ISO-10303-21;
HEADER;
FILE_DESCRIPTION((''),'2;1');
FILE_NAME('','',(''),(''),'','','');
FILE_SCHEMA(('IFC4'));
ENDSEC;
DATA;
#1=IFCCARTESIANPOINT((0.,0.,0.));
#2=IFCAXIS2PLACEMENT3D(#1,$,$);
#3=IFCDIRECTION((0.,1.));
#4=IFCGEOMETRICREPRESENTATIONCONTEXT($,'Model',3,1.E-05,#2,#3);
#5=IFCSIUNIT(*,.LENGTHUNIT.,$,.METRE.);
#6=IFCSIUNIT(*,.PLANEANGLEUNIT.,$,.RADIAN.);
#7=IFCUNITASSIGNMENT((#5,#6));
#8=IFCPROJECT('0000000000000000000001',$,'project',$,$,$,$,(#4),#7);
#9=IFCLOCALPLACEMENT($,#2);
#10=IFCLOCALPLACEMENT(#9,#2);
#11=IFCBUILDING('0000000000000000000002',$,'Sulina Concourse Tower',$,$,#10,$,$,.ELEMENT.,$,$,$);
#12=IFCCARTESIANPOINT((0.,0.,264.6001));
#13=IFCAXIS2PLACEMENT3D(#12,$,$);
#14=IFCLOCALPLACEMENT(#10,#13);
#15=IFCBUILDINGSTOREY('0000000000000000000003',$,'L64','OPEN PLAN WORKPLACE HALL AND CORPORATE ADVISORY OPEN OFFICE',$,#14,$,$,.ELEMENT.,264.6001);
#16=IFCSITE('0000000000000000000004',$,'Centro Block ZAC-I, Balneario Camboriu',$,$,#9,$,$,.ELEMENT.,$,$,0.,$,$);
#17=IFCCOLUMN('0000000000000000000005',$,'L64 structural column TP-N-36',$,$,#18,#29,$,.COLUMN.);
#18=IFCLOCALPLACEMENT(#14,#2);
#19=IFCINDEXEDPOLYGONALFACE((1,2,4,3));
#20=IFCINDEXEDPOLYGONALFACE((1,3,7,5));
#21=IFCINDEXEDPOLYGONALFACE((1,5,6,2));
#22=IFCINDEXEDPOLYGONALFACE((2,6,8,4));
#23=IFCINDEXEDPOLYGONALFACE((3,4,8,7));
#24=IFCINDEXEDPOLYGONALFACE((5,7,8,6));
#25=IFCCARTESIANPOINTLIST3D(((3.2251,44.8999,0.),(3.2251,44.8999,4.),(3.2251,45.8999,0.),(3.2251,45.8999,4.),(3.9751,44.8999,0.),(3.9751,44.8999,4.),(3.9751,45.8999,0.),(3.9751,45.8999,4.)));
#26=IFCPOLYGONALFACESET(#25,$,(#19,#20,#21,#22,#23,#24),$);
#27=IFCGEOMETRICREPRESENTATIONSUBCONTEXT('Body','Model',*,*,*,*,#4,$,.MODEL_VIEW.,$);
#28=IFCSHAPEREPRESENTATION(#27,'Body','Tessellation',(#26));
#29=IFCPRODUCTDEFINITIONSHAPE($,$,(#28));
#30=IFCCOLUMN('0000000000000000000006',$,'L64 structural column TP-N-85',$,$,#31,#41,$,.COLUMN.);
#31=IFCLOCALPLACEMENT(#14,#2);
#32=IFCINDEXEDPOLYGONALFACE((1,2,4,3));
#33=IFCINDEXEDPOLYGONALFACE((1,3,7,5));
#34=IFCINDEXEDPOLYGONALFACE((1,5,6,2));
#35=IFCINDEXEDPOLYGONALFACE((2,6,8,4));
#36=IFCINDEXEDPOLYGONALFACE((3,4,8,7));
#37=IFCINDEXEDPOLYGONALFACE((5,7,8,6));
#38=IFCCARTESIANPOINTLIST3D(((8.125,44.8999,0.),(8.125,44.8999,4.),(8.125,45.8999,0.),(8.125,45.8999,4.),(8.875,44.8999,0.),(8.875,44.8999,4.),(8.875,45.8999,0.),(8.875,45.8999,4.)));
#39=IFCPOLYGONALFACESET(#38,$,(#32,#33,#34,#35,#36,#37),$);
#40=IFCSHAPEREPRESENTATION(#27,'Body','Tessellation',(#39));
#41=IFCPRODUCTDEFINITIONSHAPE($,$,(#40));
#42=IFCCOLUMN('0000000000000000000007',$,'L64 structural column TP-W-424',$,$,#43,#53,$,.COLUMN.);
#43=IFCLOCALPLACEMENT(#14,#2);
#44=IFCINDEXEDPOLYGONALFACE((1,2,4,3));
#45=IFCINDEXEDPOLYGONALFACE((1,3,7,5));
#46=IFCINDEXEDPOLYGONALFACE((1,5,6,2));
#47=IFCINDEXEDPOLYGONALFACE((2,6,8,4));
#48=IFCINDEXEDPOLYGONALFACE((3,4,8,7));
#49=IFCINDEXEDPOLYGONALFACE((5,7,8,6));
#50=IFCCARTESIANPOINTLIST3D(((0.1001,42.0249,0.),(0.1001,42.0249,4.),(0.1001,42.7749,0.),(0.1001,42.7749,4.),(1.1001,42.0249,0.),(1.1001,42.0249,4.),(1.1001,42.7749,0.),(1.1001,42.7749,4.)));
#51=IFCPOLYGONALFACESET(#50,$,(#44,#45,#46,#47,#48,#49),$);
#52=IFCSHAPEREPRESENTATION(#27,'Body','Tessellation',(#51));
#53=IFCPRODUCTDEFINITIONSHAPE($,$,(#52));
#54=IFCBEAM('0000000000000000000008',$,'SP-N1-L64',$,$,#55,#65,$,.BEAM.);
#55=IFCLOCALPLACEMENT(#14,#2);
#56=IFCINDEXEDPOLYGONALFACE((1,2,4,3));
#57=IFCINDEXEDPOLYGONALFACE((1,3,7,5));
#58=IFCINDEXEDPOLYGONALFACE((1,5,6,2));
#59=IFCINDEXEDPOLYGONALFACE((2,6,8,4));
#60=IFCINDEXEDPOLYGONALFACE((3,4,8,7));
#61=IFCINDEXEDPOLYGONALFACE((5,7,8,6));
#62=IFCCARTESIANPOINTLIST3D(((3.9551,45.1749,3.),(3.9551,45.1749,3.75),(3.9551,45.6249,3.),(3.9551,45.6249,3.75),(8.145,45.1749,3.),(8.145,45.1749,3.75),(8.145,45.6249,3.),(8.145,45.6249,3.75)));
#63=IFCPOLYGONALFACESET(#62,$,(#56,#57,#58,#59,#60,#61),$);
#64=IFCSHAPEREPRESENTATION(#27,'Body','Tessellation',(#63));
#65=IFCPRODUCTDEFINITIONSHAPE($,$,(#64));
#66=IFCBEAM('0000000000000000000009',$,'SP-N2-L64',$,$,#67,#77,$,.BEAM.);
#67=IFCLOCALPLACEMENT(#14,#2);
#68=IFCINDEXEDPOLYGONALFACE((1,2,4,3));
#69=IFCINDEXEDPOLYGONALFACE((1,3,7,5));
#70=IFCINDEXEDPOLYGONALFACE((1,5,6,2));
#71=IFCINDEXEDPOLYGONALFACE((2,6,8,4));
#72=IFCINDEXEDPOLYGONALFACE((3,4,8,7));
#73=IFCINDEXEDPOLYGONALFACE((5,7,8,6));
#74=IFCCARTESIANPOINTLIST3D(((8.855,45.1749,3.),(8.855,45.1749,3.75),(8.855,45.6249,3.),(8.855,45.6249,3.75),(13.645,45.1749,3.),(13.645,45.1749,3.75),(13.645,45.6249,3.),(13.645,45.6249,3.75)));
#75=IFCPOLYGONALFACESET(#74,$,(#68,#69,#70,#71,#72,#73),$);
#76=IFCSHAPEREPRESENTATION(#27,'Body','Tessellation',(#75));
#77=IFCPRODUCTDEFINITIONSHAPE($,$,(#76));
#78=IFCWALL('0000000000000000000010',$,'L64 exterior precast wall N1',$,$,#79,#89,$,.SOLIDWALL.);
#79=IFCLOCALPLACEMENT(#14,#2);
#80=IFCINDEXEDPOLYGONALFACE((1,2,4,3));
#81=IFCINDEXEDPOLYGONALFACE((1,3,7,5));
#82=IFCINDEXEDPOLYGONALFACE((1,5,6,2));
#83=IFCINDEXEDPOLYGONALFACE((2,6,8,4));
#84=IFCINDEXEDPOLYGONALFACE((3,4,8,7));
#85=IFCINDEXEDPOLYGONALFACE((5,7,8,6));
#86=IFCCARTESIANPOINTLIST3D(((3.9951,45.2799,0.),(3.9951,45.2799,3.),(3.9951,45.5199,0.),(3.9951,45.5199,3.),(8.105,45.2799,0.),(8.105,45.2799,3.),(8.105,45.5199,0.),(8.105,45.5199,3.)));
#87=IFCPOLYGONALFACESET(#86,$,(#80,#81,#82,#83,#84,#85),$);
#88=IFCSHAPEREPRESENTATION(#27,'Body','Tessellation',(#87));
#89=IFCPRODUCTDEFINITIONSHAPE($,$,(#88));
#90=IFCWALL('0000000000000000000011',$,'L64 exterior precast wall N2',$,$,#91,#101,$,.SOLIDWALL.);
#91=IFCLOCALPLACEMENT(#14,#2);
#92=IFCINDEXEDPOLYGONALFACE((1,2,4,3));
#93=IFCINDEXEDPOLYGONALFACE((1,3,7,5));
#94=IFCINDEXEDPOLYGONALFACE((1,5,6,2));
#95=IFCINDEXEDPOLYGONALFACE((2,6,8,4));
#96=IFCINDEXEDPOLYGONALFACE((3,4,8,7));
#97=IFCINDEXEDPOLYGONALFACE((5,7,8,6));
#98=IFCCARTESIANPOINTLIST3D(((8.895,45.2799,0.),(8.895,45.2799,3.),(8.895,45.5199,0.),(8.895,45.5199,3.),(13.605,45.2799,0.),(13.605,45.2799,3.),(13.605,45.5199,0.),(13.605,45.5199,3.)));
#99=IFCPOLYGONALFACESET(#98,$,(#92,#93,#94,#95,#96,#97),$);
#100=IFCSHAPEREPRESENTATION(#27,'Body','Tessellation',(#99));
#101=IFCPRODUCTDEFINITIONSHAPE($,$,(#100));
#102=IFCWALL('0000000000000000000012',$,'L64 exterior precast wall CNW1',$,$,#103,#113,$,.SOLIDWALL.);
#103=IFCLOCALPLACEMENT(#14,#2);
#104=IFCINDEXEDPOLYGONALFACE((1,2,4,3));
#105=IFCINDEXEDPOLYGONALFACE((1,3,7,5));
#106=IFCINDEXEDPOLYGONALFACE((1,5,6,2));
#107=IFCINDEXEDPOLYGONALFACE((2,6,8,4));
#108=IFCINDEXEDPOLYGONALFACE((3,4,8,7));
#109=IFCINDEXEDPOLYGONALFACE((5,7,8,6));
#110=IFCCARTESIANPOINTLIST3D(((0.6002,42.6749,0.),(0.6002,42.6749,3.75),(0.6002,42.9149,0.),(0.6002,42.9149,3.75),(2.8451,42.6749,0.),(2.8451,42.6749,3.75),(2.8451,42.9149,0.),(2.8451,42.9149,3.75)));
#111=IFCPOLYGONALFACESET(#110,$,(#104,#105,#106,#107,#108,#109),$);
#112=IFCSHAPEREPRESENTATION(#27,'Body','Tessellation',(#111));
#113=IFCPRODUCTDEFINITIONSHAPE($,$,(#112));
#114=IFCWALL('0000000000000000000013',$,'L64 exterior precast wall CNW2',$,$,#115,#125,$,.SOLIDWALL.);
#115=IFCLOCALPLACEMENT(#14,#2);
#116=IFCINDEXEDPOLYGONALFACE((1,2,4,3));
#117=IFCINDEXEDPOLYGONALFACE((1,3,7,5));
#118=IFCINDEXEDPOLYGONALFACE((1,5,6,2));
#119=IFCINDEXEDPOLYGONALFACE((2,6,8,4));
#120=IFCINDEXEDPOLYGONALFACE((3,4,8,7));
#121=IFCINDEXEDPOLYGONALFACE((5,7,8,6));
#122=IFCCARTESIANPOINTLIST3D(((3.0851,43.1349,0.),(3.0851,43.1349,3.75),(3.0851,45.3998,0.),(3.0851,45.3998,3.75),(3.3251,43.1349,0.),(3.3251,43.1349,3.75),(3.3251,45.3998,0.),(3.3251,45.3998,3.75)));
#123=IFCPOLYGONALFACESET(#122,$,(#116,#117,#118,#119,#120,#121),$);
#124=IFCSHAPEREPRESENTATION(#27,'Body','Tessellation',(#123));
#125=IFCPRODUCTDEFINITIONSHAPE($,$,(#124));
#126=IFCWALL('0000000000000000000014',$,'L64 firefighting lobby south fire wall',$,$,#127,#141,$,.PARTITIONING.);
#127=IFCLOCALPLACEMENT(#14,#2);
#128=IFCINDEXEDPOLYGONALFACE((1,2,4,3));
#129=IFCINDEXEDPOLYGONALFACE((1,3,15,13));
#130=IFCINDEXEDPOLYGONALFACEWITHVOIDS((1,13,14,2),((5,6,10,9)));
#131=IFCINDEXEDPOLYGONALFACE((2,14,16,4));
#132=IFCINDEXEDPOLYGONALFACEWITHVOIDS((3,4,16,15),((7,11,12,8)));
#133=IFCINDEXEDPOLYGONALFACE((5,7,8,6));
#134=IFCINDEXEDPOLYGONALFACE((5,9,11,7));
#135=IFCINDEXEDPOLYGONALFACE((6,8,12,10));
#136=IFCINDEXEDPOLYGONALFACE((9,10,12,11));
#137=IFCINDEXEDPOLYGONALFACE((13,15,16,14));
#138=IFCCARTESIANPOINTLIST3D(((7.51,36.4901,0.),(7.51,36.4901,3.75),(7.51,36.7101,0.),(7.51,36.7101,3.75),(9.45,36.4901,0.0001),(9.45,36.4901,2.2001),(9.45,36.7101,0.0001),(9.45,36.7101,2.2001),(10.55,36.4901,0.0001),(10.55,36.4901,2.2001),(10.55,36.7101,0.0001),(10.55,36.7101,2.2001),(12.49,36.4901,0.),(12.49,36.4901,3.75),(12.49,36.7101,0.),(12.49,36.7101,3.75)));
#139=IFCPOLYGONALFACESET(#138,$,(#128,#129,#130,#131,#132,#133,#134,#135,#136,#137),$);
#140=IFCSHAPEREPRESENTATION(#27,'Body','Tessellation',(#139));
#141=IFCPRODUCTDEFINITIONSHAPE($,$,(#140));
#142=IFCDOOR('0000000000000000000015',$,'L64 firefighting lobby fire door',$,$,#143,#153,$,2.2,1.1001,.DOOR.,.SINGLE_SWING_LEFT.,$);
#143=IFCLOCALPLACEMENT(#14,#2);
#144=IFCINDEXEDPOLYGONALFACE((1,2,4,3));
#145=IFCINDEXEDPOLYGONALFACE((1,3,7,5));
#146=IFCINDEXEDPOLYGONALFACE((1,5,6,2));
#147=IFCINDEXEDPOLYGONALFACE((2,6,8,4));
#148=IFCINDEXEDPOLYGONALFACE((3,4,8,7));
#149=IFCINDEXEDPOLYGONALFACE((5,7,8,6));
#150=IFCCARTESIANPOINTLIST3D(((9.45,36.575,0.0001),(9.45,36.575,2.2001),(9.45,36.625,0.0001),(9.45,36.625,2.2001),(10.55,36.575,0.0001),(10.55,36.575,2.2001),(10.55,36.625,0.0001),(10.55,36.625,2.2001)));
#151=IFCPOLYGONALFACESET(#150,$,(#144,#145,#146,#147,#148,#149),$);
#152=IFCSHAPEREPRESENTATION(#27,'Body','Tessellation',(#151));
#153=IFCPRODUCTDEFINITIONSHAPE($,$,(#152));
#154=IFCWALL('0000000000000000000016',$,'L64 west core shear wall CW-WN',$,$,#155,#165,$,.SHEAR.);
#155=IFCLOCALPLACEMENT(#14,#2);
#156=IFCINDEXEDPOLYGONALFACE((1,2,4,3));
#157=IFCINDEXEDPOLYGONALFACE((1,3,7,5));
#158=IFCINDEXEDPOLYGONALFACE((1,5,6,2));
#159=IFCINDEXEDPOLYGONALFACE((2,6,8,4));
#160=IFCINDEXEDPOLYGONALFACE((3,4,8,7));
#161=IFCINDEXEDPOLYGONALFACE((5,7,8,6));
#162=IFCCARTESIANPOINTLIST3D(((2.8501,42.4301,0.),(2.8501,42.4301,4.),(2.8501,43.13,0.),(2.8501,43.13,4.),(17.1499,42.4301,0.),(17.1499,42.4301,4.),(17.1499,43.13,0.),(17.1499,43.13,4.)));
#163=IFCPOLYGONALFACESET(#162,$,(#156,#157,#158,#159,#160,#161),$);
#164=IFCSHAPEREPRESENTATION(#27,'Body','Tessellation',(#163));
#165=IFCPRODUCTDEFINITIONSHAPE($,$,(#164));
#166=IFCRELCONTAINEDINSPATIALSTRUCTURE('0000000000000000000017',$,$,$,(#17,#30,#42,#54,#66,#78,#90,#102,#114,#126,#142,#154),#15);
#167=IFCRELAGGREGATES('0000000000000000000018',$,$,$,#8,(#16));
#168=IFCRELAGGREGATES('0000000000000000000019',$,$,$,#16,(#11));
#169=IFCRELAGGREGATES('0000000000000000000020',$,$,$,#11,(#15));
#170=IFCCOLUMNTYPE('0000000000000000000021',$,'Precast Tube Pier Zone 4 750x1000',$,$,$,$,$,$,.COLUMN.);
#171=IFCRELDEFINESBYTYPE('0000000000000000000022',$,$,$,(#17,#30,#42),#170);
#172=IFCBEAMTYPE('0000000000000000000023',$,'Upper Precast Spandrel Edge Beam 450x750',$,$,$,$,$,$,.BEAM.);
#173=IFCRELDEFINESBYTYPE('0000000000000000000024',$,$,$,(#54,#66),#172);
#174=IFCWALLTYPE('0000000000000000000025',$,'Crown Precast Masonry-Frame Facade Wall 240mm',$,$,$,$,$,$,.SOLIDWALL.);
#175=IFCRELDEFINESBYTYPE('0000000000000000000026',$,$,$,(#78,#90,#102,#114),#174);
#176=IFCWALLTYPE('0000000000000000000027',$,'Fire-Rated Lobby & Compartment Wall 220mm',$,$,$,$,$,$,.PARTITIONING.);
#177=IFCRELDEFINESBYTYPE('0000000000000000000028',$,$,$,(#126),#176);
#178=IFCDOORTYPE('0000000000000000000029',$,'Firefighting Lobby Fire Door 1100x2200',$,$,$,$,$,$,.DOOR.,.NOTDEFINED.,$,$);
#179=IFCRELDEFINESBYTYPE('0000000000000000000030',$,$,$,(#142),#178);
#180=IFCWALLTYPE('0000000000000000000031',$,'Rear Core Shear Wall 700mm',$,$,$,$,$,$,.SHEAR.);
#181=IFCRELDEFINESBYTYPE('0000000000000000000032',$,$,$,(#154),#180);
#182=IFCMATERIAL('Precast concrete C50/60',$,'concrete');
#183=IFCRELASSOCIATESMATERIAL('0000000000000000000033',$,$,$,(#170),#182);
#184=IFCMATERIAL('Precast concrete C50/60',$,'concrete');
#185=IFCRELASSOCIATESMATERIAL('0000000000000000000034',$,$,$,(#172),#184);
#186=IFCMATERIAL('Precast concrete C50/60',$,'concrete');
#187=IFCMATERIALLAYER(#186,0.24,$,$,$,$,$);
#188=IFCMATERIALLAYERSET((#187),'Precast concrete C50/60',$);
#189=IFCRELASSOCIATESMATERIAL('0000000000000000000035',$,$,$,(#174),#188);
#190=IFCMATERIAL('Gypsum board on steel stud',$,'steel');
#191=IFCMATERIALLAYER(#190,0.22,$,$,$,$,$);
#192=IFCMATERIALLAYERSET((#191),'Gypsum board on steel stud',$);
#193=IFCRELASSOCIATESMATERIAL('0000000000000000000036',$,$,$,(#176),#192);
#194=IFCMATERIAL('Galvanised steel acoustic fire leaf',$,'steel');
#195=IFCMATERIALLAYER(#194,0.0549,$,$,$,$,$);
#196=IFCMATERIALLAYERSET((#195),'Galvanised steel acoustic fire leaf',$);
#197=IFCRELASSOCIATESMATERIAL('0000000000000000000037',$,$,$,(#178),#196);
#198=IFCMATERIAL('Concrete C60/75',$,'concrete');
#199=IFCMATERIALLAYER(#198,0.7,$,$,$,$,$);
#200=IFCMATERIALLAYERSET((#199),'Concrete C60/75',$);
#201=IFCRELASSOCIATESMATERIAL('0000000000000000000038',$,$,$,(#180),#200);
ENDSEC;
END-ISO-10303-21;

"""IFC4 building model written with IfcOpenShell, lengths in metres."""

from ifc_helpers import new_model, si_unit, direction, frame, frame_2d, origin, origin_2d, place, context, subcontext, project, spatial, rectangle, extrude, material, layer, layer_set, material_profile, profile_set, type_object, element, fill, save


model = new_model("IFC4")

# Units and contexts
model_context = context("Model", 3, precision=1e-05, world=origin(), true_north=direction((0.0, 1.0)))
body_context = subcontext(model_context, "Body", "Model", "MODEL_VIEW")
ifc_project = project(units=[si_unit("LENGTHUNIT", "METRE"), si_unit("PLANEANGLEUNIT", "RADIAN")], contexts=[model_context])

# Site, building, storey
site_placement = place(None, origin())
site = spatial("IfcSite", under=ifc_project, at=site_placement, Name="Centro Block ZAC-I, Balneario Camboriu", CompositionType="ELEMENT", RefElevation=0.0)
building_placement = place(site_placement, origin())
building = spatial("IfcBuilding", under=site, at=building_placement, Name="Sulina Concourse Tower", CompositionType="ELEMENT")
storey_placement = place(building_placement, frame((0.0, 0.0, 264.6001)))
storey = spatial("IfcBuildingStorey", under=building, at=storey_placement, Name="L64", Description="OPEN PLAN WORKPLACE HALL AND CORPORATE ADVISORY OPEN OFFICE", CompositionType="ELEMENT", Elevation=264.6001)

# Columns
ifc_material_1 = material(Name="Precast concrete C50/60", Category="concrete")
ifc_material_profile_1 = material_profile(ifc_material_1, rectangle(XDim=0.75, YDim=1.0, at=origin_2d()), Name="PC 750x1000")
ifc_profile_set_1 = profile_set([ifc_material_profile_1], Name="Precast concrete C50/60")
column_type = type_object("IfcColumnType", Name="Precast Tube Pier Zone 4 750x1000", PredefinedType="COLUMN", material=ifc_profile_set_1)
for number, where, z_axis, x_axis, name in (
    (1, (3.6001, 45.3999, 0.0), (0.0, 0.0, 1.0), (1.0, 0.0, 0.0), "L64 structural column TP-N-36"),
    (2, (8.5, 45.3999, 0.0), (0.0, 0.0, 1.0), (1.0, 0.0, 0.0), "L64 structural column TP-N-85"),
    (3, (0.6001, 42.3999, 0.0), (0.0, 0.0, 1.0), (0.0, 1.0, 0.0), "L64 structural column TP-W-424"),
):
    element("IfcColumn", number, at=place(storey_placement, frame(where, z_axis=z_axis, x_axis=x_axis)), inside=storey, type_object=column_type, Name=name, PredefinedType="COLUMN", context=body_context, shape_type="SweptSolid", body=[
        extrude(rectangle(XDim=0.75, YDim=1.0, at=origin_2d()), origin(), (0.0, 0.0, 1.0), 4.0),
    ])

# Beams
ifc_material_2 = material(Name="Precast concrete C50/60", Category="concrete")
ifc_material_profile_2 = material_profile(ifc_material_2, rectangle(XDim=0.45, YDim=0.75, at=origin_2d()), Name="RC 450x750")
ifc_profile_set_2 = profile_set([ifc_material_profile_2], Name="Precast concrete C50/60")
beam_type = type_object("IfcBeamType", Name="Upper Precast Spandrel Edge Beam 450x750", PredefinedType="BEAM", material=ifc_profile_set_2)
beam_1_placement = place(storey_placement, frame((3.9551, 45.3999, 3.375), z_axis=(1.0, 0.0, 0.0), x_axis=(0.0, 1.0, 0.0)))
element("IfcBeam", 4, at=beam_1_placement, inside=storey, type_object=beam_type, Name="SP-N1-L64", PredefinedType="BEAM", context=body_context, shape_type="SweptSolid", body=[
    extrude(rectangle(XDim=0.45, YDim=0.75, at=origin_2d()), origin(), (0.0, 0.0, 1.0), 4.1899),
])
beam_2_placement = place(storey_placement, frame((8.855, 45.3999, 3.375), z_axis=(1.0, 0.0, 0.0), x_axis=(0.0, 1.0, 0.0)))
element("IfcBeam", 5, at=beam_2_placement, inside=storey, type_object=beam_type, Name="SP-N2-L64", PredefinedType="BEAM", context=body_context, shape_type="SweptSolid", body=[
    extrude(rectangle(XDim=0.45, YDim=0.75, at=origin_2d()), origin(), (0.0, 0.0, 1.0), 4.79),
])

# Walls
ifc_material_3 = material(Name="Precast concrete C50/60", Category="concrete")
ifc_layer_1 = layer(ifc_material_3, 0.24)
ifc_layer_set_1 = layer_set([ifc_layer_1], Name="Precast concrete C50/60")
wall_type_1 = type_object("IfcWallType", Name="Crown Precast Masonry-Frame Facade Wall 240mm", PredefinedType="SOLIDWALL", material=ifc_layer_set_1)
wall_1_placement = place(storey_placement, frame((3.9951, 45.3999, 0.0), z_axis=(0.0, 0.0, 1.0), x_axis=(1.0, 0.0, 0.0)))
element("IfcWall", 6, at=wall_1_placement, inside=storey, type_object=wall_type_1, Name="L64 exterior precast wall N1", PredefinedType="SOLIDWALL", context=body_context, shape_type="SweptSolid", body=[
    extrude(rectangle(XDim=4.1099, YDim=0.24, at=frame_2d((2.0549, 0.0))), origin(), (0.0, 0.0, 1.0), 3.0),
])
wall_2_placement = place(storey_placement, frame((8.895, 45.3999, 0.0), z_axis=(0.0, 0.0, 1.0), x_axis=(1.0, 0.0, 0.0)))
element("IfcWall", 7, at=wall_2_placement, inside=storey, type_object=wall_type_1, Name="L64 exterior precast wall N2", PredefinedType="SOLIDWALL", context=body_context, shape_type="SweptSolid", body=[
    extrude(rectangle(XDim=4.71, YDim=0.24, at=frame_2d((2.355, 0.0))), origin(), (0.0, 0.0, 1.0), 3.0),
])
wall_3_placement = place(storey_placement, frame((0.6001, 42.7949, 0.0), z_axis=(0.0, 0.0, 1.0), x_axis=(1.0, 0.0, 0.0)))
element("IfcWall", 8, at=wall_3_placement, inside=storey, type_object=wall_type_1, Name="L64 exterior precast wall CNW1", PredefinedType="SOLIDWALL", context=body_context, shape_type="SweptSolid", body=[
    extrude(rectangle(XDim=2.2449, YDim=0.24, at=frame_2d((1.1226, 0.0))), origin(), (0.0, 0.0, 1.0), 3.75),
])
wall_4_placement = place(storey_placement, frame((3.2051, 43.135, 0.0), z_axis=(0.0, 0.0, 1.0), x_axis=(0.0, 1.0, 0.0)))
element("IfcWall", 9, at=wall_4_placement, inside=storey, type_object=wall_type_1, Name="L64 exterior precast wall CNW2", PredefinedType="SOLIDWALL", context=body_context, shape_type="SweptSolid", body=[
    extrude(rectangle(XDim=2.2649, YDim=0.24, at=frame_2d((1.1323, 0.0))), origin(), (0.0, 0.0, 1.0), 3.75),
])

# Wall, opening, door
ifc_material_4 = material(Name="Gypsum board on steel stud", Category="steel")
ifc_layer_2 = layer(ifc_material_4, 0.22)
ifc_layer_set_2 = layer_set([ifc_layer_2], Name="Gypsum board on steel stud")
wall_type_2 = type_object("IfcWallType", Name="Fire-Rated Lobby & Compartment Wall 220mm", PredefinedType="PARTITIONING", material=ifc_layer_set_2)
wall_5_placement = place(storey_placement, frame((7.51, 36.6001, 0.0), z_axis=(0.0, 0.0, 1.0), x_axis=(1.0, 0.0, 0.0)))
wall_5 = element("IfcWall", 10, at=wall_5_placement, inside=storey, type_object=wall_type_2, Name="L64 firefighting lobby south fire wall", PredefinedType="PARTITIONING", context=body_context, shape_type="SweptSolid", body=[
    extrude(rectangle(XDim=4.98, YDim=0.22, at=frame_2d((2.49, 0.0))), origin(), (0.0, 0.0, 1.0), 3.75),
])
opening_placement = place(wall_5_placement, frame((1.9399, 0.0, 0.0)))
opening = element("IfcOpeningElement", 11, at=opening_placement, cuts=wall_5, PredefinedType="OPENING", context=body_context, shape_type="SweptSolid", body=[
    extrude(rectangle(XDim=1.1001, YDim=2.2, at=frame_2d((0.55, 1.1001))), frame((0.0, 0.1199, 0.0), z_axis=(0.0, -1.0, 0.0), x_axis=(1.0, 0.0, 0.0)), (0.0, 0.0, 1.0), 0.24),
])
ifc_material_5 = material(Name="Galvanised steel acoustic fire leaf", Category="steel")
ifc_layer_3 = layer(ifc_material_5, 0.0549)
ifc_layer_set_3 = layer_set([ifc_layer_3], Name="Galvanised steel acoustic fire leaf")
door_type = type_object("IfcDoorType", Name="Firefighting Lobby Fire Door 1100x2200", OperationType="NOTDEFINED", PredefinedType="DOOR", material=ifc_layer_set_3)
door_placement = place(opening_placement, origin())
door = element("IfcDoor", 12, at=door_placement, inside=storey, type_object=door_type, Name="L64 firefighting lobby fire door", OperationType="SINGLE_SWING_LEFT", OverallHeight=2.2, OverallWidth=1.1001, PredefinedType="DOOR", context=body_context, shape_type="SweptSolid", body=[
    extrude(rectangle(XDim=1.1001, YDim=2.2, at=frame_2d((0.55, 1.1001))), frame((0.0, 0.0249, 0.0), z_axis=(0.0, -1.0, 0.0), x_axis=(1.0, 0.0, 0.0)), (0.0, 0.0, 1.0), 0.05),
])
fill(opening, door)

# Wall
ifc_material_6 = material(Name="Concrete C60/75", Category="concrete")
ifc_layer_4 = layer(ifc_material_6, 0.7)
ifc_layer_set_4 = layer_set([ifc_layer_4], Name="Concrete C60/75")
wall_type_3 = type_object("IfcWallType", Name="Rear Core Shear Wall 700mm", PredefinedType="SHEAR", material=ifc_layer_set_4)
wall_6_placement = place(storey_placement, frame((2.8501, 42.78, 0.0), z_axis=(0.0, 0.0, 1.0), x_axis=(1.0, 0.0, 0.0)))
element("IfcWall", 13, at=wall_6_placement, inside=storey, type_object=wall_type_3, Name="L64 west core shear wall CW-WN", PredefinedType="SHEAR", context=body_context, shape_type="SweptSolid", body=[
    extrude(rectangle(XDim=14.2998, YDim=0.7, at=frame_2d((7.1499, 0.0))), origin(), (0.0, 0.0, 1.0), 4.0),
])

save(model, "model.ifc")
